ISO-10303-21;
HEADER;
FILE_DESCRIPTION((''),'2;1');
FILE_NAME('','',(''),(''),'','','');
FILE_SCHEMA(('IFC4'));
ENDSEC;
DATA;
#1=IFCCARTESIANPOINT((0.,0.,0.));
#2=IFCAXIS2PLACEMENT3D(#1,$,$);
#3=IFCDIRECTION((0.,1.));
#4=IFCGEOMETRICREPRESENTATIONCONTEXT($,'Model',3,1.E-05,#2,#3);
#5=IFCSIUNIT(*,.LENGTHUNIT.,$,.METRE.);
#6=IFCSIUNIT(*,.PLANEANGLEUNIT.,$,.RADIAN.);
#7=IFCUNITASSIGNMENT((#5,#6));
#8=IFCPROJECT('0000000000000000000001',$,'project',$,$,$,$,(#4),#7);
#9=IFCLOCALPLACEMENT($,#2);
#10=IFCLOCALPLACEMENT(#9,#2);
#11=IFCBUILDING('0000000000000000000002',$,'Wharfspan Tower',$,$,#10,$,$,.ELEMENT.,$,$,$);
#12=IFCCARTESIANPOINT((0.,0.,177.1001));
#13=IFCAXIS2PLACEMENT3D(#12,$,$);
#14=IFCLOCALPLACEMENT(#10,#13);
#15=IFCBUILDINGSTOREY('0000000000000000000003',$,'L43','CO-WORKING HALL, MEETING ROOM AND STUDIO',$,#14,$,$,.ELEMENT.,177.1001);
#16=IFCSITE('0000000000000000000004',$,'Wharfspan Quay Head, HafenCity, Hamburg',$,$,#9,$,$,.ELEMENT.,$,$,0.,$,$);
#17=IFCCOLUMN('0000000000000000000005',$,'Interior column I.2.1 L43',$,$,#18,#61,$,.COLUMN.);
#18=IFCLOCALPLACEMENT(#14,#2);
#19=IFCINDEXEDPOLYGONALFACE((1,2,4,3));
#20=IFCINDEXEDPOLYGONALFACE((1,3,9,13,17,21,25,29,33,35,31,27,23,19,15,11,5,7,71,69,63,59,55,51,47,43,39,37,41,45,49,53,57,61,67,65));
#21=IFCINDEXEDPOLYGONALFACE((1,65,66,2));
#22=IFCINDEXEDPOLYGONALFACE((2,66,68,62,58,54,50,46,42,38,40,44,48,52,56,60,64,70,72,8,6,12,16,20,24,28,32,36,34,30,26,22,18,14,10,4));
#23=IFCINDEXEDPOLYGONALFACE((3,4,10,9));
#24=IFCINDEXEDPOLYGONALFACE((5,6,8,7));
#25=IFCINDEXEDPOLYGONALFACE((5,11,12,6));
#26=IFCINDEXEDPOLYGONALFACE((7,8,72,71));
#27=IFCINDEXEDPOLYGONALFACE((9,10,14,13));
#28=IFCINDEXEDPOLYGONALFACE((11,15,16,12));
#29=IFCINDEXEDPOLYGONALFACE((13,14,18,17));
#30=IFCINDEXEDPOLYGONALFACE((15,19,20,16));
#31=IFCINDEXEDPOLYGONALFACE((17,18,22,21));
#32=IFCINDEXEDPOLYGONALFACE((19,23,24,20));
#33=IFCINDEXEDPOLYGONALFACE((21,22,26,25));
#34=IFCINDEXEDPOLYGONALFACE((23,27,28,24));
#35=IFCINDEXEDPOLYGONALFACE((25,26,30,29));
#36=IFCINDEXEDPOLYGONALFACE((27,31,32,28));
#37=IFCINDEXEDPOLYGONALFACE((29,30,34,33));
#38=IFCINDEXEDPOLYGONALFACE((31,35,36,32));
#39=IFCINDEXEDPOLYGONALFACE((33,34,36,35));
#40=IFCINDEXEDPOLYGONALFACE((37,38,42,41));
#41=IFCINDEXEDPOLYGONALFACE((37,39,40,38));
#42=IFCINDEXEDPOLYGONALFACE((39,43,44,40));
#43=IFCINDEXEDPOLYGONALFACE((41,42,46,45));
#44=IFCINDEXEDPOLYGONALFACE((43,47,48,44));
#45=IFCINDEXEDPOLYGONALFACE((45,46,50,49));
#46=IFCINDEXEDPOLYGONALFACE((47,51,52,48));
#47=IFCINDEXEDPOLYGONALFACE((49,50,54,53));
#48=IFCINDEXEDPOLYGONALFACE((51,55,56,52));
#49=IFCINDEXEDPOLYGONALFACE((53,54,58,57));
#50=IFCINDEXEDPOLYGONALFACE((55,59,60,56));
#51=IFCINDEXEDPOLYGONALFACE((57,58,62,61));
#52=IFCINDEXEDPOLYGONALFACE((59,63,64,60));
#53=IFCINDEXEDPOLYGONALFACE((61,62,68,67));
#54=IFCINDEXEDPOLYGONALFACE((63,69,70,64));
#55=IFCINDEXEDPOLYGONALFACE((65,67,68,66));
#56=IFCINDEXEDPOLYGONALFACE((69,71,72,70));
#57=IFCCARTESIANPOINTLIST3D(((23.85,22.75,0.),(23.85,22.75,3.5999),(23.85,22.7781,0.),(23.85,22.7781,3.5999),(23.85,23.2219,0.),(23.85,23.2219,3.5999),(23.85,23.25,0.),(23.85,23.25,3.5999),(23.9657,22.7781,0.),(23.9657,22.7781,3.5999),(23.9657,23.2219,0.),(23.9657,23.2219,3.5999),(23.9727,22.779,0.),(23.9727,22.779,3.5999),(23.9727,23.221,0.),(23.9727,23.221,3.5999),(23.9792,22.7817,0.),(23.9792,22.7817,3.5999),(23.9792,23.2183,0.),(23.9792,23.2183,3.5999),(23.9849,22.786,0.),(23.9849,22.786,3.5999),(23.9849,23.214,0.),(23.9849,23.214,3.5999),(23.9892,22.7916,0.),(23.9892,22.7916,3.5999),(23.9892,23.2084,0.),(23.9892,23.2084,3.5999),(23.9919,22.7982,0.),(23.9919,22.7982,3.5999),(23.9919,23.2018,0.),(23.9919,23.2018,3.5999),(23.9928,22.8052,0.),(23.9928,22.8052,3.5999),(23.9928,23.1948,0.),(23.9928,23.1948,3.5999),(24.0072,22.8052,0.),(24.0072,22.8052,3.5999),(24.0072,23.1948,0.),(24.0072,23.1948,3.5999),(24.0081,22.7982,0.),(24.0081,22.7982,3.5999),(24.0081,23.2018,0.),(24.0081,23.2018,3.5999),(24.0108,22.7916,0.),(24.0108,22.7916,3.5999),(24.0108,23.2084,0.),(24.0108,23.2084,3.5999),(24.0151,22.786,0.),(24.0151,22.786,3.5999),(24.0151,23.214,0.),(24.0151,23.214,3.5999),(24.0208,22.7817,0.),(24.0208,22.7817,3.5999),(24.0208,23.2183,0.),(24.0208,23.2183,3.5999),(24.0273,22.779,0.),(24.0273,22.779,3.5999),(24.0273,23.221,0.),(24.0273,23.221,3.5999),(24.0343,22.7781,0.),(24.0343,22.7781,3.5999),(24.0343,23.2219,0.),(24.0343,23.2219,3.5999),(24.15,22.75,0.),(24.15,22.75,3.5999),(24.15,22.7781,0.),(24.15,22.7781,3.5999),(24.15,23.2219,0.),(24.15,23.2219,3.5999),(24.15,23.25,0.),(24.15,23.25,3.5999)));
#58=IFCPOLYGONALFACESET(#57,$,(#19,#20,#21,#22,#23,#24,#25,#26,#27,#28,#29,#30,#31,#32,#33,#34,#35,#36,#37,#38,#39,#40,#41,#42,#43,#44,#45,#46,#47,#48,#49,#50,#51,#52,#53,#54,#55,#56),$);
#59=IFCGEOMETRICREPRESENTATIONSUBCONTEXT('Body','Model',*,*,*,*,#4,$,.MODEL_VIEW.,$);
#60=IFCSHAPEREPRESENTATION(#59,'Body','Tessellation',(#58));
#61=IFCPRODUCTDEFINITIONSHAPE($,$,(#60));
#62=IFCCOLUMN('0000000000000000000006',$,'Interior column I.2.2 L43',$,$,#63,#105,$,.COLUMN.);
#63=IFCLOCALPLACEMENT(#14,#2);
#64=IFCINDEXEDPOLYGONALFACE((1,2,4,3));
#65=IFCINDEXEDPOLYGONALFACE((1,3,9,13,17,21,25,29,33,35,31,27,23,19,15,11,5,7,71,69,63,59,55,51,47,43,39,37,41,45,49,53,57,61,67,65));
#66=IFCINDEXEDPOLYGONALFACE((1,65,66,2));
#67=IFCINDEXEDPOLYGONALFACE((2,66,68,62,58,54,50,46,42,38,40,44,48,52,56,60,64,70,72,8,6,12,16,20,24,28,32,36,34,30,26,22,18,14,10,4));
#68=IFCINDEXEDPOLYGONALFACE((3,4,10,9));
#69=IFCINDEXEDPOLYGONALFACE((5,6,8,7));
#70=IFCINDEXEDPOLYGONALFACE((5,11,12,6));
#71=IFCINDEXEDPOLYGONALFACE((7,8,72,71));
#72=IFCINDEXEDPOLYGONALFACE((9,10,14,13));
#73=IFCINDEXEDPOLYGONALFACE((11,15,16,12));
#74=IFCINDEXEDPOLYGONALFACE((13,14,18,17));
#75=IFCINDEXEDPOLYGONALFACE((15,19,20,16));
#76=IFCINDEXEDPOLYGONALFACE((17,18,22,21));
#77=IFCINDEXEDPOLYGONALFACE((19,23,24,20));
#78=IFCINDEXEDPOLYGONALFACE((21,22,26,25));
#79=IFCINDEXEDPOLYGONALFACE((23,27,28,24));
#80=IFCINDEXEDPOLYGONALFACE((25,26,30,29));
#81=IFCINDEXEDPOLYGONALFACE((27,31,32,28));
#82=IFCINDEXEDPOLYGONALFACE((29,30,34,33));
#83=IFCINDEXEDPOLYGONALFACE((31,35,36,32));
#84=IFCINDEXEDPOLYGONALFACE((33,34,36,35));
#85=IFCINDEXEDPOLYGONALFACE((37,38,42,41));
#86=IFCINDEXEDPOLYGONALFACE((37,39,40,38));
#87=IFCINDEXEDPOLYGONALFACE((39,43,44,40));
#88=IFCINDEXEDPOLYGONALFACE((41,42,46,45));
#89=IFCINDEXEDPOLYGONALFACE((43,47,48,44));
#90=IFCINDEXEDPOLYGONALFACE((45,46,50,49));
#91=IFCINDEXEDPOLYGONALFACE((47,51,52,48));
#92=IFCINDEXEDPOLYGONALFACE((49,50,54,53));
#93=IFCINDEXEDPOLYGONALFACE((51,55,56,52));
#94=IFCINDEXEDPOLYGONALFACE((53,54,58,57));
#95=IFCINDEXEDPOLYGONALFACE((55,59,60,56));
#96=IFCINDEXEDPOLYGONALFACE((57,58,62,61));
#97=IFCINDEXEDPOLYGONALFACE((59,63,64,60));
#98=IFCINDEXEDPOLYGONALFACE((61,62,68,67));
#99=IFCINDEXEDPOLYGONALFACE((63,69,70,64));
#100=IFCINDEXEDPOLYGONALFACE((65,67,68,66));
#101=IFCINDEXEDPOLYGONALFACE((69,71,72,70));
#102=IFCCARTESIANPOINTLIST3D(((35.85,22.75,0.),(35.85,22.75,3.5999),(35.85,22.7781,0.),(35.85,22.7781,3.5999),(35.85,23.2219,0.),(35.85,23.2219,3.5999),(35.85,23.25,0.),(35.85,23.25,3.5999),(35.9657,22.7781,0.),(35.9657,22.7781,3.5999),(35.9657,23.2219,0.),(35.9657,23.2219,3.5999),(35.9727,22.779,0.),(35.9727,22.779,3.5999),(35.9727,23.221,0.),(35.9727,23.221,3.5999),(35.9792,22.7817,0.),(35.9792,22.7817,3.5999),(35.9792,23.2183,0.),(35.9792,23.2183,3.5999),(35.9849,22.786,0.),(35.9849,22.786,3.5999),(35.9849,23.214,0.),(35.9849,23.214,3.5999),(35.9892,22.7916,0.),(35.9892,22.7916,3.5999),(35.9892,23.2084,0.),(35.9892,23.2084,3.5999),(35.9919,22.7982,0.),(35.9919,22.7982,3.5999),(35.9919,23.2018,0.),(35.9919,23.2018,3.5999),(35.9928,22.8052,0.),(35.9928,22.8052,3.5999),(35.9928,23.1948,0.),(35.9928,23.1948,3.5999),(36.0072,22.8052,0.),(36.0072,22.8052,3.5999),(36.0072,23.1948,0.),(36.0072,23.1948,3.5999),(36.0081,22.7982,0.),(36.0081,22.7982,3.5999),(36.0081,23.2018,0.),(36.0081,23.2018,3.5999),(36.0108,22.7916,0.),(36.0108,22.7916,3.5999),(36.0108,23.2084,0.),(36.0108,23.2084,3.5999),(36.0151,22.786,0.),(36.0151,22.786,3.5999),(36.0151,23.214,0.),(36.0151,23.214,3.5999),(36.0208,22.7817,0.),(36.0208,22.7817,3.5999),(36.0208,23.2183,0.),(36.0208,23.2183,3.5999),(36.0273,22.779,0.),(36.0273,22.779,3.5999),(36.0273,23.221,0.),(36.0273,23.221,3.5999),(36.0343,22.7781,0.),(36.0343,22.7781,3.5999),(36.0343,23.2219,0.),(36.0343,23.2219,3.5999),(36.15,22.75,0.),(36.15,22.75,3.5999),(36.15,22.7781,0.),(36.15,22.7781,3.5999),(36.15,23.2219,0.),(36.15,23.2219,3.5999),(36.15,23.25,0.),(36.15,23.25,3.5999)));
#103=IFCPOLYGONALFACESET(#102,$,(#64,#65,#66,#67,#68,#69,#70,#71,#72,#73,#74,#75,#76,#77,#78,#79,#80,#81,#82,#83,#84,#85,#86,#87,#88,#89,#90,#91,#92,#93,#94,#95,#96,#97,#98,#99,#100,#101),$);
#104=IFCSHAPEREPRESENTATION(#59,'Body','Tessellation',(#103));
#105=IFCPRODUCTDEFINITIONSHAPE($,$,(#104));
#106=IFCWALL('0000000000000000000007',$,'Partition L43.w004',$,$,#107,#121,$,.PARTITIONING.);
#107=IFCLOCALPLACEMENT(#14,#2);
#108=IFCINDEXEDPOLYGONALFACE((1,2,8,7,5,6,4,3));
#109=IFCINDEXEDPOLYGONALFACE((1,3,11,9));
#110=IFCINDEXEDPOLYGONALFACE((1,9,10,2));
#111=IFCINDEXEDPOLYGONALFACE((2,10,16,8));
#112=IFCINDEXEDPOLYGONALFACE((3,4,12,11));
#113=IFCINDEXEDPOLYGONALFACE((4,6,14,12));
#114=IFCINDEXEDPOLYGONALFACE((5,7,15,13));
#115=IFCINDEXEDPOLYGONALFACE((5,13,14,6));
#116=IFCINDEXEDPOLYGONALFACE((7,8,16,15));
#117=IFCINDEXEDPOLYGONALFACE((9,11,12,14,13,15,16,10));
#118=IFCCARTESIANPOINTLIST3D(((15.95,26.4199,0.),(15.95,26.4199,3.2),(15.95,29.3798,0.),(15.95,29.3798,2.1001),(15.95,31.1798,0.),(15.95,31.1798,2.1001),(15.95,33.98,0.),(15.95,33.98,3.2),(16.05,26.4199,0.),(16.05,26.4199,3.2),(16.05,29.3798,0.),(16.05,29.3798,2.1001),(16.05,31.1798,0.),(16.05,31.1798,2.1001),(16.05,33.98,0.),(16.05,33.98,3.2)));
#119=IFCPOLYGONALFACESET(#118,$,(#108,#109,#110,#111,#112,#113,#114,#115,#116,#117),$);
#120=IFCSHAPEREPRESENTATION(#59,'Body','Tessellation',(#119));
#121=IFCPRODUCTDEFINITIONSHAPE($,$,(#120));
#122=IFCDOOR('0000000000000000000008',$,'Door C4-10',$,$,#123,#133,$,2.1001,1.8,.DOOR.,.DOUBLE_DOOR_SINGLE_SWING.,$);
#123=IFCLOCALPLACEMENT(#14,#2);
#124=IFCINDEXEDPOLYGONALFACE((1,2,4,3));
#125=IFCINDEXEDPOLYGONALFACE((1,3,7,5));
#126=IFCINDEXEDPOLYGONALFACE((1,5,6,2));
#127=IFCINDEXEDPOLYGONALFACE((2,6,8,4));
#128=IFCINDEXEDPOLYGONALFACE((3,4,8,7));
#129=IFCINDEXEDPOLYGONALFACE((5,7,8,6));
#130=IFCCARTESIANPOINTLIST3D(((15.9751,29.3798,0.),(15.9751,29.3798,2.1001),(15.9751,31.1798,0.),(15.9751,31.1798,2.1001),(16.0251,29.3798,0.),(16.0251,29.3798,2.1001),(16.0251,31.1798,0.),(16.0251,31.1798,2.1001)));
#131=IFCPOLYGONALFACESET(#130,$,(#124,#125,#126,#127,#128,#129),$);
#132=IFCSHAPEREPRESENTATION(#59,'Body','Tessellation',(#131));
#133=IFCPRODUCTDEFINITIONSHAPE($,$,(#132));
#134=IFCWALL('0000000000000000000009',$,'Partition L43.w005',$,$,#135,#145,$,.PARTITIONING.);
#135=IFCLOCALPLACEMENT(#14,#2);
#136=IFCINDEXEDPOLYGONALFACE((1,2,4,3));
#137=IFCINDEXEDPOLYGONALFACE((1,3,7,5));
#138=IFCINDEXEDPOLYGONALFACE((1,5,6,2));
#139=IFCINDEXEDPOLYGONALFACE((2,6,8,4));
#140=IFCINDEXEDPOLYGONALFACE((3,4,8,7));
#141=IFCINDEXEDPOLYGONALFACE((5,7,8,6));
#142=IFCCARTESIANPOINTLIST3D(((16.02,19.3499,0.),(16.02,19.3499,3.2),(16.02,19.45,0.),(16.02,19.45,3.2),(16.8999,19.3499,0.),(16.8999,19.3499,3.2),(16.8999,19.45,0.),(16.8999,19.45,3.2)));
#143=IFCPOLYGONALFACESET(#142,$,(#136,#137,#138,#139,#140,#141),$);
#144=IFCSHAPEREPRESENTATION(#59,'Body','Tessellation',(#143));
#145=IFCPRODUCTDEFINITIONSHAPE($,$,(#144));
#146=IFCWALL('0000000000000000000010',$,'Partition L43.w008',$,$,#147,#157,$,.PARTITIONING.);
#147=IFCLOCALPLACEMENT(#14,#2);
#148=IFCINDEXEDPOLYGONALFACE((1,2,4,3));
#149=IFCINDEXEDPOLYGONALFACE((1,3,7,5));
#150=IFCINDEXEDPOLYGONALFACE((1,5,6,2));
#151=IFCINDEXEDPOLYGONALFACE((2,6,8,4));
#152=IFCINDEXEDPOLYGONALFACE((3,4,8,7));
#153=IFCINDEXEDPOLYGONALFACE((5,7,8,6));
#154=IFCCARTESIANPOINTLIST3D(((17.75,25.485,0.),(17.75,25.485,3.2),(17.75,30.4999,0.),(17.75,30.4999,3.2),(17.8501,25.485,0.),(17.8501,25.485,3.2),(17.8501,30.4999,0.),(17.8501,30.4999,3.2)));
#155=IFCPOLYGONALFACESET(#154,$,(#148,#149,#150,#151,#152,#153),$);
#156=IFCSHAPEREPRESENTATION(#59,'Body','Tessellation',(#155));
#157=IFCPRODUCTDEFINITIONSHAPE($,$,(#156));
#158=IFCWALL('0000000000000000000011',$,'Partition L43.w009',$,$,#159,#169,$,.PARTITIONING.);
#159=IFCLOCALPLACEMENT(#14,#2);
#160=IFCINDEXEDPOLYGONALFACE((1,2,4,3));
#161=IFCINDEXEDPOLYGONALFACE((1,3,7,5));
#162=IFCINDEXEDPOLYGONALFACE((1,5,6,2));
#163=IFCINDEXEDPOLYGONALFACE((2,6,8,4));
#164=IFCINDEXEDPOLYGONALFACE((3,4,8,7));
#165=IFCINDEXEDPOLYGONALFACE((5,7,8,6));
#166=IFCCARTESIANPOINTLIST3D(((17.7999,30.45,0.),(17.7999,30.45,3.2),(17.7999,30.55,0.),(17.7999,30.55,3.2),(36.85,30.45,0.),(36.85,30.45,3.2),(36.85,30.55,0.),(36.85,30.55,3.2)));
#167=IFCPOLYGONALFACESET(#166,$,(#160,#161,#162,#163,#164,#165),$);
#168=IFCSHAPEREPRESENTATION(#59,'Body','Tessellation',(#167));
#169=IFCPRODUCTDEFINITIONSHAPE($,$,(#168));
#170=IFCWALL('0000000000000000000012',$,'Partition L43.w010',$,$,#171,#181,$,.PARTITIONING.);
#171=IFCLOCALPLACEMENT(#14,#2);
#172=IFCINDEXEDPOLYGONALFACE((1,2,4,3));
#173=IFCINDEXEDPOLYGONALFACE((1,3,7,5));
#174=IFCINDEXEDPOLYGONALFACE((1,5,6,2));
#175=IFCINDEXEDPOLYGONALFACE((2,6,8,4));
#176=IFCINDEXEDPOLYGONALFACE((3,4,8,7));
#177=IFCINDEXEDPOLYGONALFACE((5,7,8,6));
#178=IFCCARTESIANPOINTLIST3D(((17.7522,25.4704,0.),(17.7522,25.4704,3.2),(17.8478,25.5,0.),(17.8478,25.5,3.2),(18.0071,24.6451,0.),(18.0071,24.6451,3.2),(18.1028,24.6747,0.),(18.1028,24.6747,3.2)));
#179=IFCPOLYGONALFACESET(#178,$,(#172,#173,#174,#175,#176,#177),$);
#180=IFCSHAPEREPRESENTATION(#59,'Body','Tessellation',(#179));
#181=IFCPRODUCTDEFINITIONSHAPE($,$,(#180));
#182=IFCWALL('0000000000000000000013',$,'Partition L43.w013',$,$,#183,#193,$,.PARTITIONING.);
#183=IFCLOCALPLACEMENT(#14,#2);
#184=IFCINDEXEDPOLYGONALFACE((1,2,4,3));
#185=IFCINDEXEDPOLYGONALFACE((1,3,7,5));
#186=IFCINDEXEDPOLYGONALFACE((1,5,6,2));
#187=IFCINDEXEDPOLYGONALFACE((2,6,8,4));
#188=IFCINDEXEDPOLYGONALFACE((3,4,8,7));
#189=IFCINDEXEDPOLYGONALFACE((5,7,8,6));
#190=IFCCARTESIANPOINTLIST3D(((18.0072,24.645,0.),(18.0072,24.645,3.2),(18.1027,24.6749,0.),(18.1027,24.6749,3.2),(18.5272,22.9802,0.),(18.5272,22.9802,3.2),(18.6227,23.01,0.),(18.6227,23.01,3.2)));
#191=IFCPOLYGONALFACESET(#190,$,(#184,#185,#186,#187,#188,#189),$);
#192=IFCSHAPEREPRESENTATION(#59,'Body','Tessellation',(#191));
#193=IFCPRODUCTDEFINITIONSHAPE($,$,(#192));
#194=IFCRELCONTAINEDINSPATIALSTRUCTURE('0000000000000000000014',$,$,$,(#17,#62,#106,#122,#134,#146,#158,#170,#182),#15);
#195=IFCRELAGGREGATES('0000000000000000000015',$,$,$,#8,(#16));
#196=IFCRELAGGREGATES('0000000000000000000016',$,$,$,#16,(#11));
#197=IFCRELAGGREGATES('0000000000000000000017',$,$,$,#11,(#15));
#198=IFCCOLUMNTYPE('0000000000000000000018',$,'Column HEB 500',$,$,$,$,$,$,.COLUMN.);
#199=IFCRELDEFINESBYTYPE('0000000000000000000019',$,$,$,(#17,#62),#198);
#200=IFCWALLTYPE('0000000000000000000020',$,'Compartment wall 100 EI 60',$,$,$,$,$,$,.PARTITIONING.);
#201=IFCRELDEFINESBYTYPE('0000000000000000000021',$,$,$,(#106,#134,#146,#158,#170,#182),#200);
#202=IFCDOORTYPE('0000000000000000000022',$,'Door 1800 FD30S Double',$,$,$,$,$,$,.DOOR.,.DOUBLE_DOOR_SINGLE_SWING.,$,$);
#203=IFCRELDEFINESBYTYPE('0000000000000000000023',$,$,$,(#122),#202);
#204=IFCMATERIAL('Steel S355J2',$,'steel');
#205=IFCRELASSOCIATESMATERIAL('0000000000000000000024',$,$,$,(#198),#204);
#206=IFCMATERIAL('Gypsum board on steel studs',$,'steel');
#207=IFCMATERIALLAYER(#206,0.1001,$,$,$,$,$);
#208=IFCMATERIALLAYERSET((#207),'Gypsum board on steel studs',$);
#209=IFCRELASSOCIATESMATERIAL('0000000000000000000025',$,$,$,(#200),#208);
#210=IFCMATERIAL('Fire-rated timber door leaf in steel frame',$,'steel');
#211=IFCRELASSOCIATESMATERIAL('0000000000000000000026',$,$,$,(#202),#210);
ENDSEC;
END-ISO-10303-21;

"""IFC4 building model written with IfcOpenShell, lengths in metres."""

from ifc_helpers import new_model, si_unit, direction, frame, frame_2d, origin, origin_2d, place, context, subcontext, project, spatial, rectangle, i_section, extrude, material, layer, layer_set, material_profile, profile_set, type_object, element, fill, save


model = new_model("IFC4")

# Units and contexts
model_context = context("Model", 3, precision=1e-05, world=origin(), true_north=direction((0.0, 1.0)))
body_context = subcontext(model_context, "Body", "Model", "MODEL_VIEW")
ifc_project = project(units=[si_unit("LENGTHUNIT", "METRE"), si_unit("PLANEANGLEUNIT", "RADIAN")], contexts=[model_context])

# Site, building, storey
site_placement = place(None, origin())
site = spatial("IfcSite", under=ifc_project, at=site_placement, Name="Wharfspan Quay Head, HafenCity, Hamburg", CompositionType="ELEMENT", RefElevation=0.0)
building_placement = place(site_placement, origin())
building = spatial("IfcBuilding", under=site, at=building_placement, Name="Wharfspan Tower", CompositionType="ELEMENT")
storey_placement = place(building_placement, frame((0.0, 0.0, 177.1001)))
storey = spatial("IfcBuildingStorey", under=building, at=storey_placement, Name="L43", Description="CO-WORKING HALL, MEETING ROOM AND STUDIO", CompositionType="ELEMENT", Elevation=177.1001)

# Columns
ifc_material_1 = material(Name="Steel S355J2", Category="steel")
ifc_material_profile = material_profile(ifc_material_1, i_section(OverallWidth=0.3, OverallDepth=0.5, WebThickness=0.0144, FlangeThickness=0.0281, FilletRadius=0.0271, at=origin_2d()))
ifc_profile_set = profile_set([ifc_material_profile], Name="Steel S355J2")
column_type = type_object("IfcColumnType", Name="Column HEB 500", PredefinedType="COLUMN", material=ifc_profile_set)
for number, where, z_axis, x_axis, name in (
    (1, (24.0, 23.0, 0.0), (0.0, 0.0, 1.0), (1.0, 0.0, 0.0), "Interior column I.2.1 L43"),
    (2, (36.0, 23.0, 0.0), (0.0, 0.0, 1.0), (1.0, 0.0, 0.0), "Interior column I.2.2 L43"),
):
    element("IfcColumn", number, at=place(storey_placement, frame(where, z_axis=z_axis, x_axis=x_axis)), inside=storey, type_object=column_type, Name=name, PredefinedType="COLUMN", context=body_context, shape_type="SweptSolid", body=[
        extrude(i_section(OverallWidth=0.3, OverallDepth=0.5, WebThickness=0.0144, FlangeThickness=0.0281, FilletRadius=0.0271, at=origin_2d()), origin(), (0.0, 0.0, 1.0), 3.5999),
    ])

# Wall, opening, door
ifc_material_2 = material(Name="Gypsum board on steel studs", Category="steel")
ifc_layer_1 = layer(ifc_material_2, 0.1001)
ifc_layer_set_1 = layer_set([ifc_layer_1], Name="Gypsum board on steel studs")
wall_type_1 = type_object("IfcWallType", Name="Compartment wall 100 EI 60", PredefinedType="PARTITIONING", material=ifc_layer_set_1)
wall_1_placement = place(storey_placement, frame((16.0, 26.4199, 0.0), z_axis=(0.0, 0.0, 1.0), x_axis=(0.0, 1.0, 0.0)))
wall_1 = element("IfcWall", 3, at=wall_1_placement, inside=storey, type_object=wall_type_1, Name="Partition L43.w004", PredefinedType="PARTITIONING", context=body_context, shape_type="SweptSolid", body=[
    extrude(rectangle(XDim=7.5601, YDim=0.1001, at=frame_2d((3.78, 0.0))), origin(), (0.0, 0.0, 1.0), 3.2),
])
opening_1_placement = place(wall_1_placement, frame((2.96, 0.0, 0.0)))
opening_1 = element("IfcOpeningElement", 4, at=opening_1_placement, cuts=wall_1, PredefinedType="OPENING", context=body_context, shape_type="SweptSolid", body=[
    extrude(rectangle(XDim=1.8, YDim=2.1001, at=frame_2d((0.8999, 1.05))), frame((0.0, 0.0601, 0.0), z_axis=(0.0, -1.0, 0.0), x_axis=(1.0, 0.0, 0.0)), (0.0, 0.0, 1.0), 0.1201),
])
ifc_material_3 = material(Name="Fire-rated timber door leaf in steel frame", Category="steel")
door_type_1 = type_object("IfcDoorType", Name="Door 1800 FD30S Double", OperationType="DOUBLE_DOOR_SINGLE_SWING", PredefinedType="DOOR", material=ifc_material_3)
door_1_placement = place(opening_1_placement, origin())
door_1 = element("IfcDoor", 5, at=door_1_placement, inside=storey, type_object=door_type_1, Name="Door C4-10", OperationType="DOUBLE_DOOR_SINGLE_SWING", OverallHeight=2.1001, OverallWidth=1.8, PredefinedType="DOOR", context=body_context, shape_type="SweptSolid", body=[
    extrude(rectangle(XDim=1.8, YDim=2.1001, at=frame_2d((0.8999, 1.05))), frame((0.0, 0.0249, 0.0), z_axis=(0.0, -1.0, 0.0), x_axis=(1.0, 0.0, 0.0)), (0.0, 0.0, 1.0), 0.05),
])
fill(opening_1, door_1)

# Walls
wall_2_placement = place(storey_placement, frame((16.02, 19.3999, 0.0), z_axis=(0.0, 0.0, 1.0), x_axis=(1.0, 0.0, 0.0)))
element("IfcWall", 6, at=wall_2_placement, inside=storey, type_object=wall_type_1, Name="Partition L43.w005", PredefinedType="PARTITIONING", context=body_context, shape_type="SweptSolid", body=[
    extrude(rectangle(XDim=0.8799, YDim=0.1001, at=frame_2d((0.4399, 0.0))), origin(), (0.0, 0.0, 1.0), 3.2),
])
wall_3_placement = place(storey_placement, frame((17.8, 25.4851, 0.0), z_axis=(0.0, 0.0, 1.0), x_axis=(0.0, 1.0, 0.0)))
element("IfcWall", 7, at=wall_3_placement, inside=storey, type_object=wall_type_1, Name="Partition L43.w008", PredefinedType="PARTITIONING", context=body_context, shape_type="SweptSolid", body=[
    extrude(rectangle(XDim=5.0149, YDim=0.1001, at=frame_2d((2.5073, 0.0))), origin(), (0.0, 0.0, 1.0), 3.2),
])
wall_4_placement = place(storey_placement, frame((17.8, 30.5, 0.0), z_axis=(0.0, 0.0, 1.0), x_axis=(1.0, 0.0, 0.0)))
element("IfcWall", 8, at=wall_4_placement, inside=storey, type_object=wall_type_1, Name="Partition L43.w009", PredefinedType="PARTITIONING", context=body_context, shape_type="SweptSolid", body=[
    extrude(rectangle(XDim=19.05, YDim=0.1001, at=frame_2d((9.5249, 0.0))), origin(), (0.0, 0.0, 1.0), 3.2),
])
wall_5_placement = place(storey_placement, frame((18.0549, 24.6599, 0.0), z_axis=(0.0, 0.0, 1.0), x_axis=(-0.295119, 0.955462, 0.0)))
element("IfcWall", 9, at=wall_5_placement, inside=storey, type_object=wall_type_1, Name="Partition L43.w010", PredefinedType="PARTITIONING", context=body_context, shape_type="SweptSolid", body=[
    extrude(rectangle(XDim=0.8638, YDim=0.1001, at=frame_2d((0.4319, 0.0))), origin(), (0.0, 0.0, 1.0), 3.2),
])
wall_6_placement = place(storey_placement, frame((18.575, 22.9951, 0.0), z_axis=(0.0, 0.0, 1.0), x_axis=(-0.298155, 0.954516, 0.0)))
element("IfcWall", 10, at=wall_6_placement, inside=storey, type_object=wall_type_1, Name="Partition L43.w013", PredefinedType="PARTITIONING", context=body_context, shape_type="SweptSolid", body=[
    extrude(rectangle(XDim=1.7441, YDim=0.1001, at=frame_2d((0.8721, 0.0))), origin(), (0.0, 0.0, 1.0), 3.2),
])

save(model, "model.ifc")
